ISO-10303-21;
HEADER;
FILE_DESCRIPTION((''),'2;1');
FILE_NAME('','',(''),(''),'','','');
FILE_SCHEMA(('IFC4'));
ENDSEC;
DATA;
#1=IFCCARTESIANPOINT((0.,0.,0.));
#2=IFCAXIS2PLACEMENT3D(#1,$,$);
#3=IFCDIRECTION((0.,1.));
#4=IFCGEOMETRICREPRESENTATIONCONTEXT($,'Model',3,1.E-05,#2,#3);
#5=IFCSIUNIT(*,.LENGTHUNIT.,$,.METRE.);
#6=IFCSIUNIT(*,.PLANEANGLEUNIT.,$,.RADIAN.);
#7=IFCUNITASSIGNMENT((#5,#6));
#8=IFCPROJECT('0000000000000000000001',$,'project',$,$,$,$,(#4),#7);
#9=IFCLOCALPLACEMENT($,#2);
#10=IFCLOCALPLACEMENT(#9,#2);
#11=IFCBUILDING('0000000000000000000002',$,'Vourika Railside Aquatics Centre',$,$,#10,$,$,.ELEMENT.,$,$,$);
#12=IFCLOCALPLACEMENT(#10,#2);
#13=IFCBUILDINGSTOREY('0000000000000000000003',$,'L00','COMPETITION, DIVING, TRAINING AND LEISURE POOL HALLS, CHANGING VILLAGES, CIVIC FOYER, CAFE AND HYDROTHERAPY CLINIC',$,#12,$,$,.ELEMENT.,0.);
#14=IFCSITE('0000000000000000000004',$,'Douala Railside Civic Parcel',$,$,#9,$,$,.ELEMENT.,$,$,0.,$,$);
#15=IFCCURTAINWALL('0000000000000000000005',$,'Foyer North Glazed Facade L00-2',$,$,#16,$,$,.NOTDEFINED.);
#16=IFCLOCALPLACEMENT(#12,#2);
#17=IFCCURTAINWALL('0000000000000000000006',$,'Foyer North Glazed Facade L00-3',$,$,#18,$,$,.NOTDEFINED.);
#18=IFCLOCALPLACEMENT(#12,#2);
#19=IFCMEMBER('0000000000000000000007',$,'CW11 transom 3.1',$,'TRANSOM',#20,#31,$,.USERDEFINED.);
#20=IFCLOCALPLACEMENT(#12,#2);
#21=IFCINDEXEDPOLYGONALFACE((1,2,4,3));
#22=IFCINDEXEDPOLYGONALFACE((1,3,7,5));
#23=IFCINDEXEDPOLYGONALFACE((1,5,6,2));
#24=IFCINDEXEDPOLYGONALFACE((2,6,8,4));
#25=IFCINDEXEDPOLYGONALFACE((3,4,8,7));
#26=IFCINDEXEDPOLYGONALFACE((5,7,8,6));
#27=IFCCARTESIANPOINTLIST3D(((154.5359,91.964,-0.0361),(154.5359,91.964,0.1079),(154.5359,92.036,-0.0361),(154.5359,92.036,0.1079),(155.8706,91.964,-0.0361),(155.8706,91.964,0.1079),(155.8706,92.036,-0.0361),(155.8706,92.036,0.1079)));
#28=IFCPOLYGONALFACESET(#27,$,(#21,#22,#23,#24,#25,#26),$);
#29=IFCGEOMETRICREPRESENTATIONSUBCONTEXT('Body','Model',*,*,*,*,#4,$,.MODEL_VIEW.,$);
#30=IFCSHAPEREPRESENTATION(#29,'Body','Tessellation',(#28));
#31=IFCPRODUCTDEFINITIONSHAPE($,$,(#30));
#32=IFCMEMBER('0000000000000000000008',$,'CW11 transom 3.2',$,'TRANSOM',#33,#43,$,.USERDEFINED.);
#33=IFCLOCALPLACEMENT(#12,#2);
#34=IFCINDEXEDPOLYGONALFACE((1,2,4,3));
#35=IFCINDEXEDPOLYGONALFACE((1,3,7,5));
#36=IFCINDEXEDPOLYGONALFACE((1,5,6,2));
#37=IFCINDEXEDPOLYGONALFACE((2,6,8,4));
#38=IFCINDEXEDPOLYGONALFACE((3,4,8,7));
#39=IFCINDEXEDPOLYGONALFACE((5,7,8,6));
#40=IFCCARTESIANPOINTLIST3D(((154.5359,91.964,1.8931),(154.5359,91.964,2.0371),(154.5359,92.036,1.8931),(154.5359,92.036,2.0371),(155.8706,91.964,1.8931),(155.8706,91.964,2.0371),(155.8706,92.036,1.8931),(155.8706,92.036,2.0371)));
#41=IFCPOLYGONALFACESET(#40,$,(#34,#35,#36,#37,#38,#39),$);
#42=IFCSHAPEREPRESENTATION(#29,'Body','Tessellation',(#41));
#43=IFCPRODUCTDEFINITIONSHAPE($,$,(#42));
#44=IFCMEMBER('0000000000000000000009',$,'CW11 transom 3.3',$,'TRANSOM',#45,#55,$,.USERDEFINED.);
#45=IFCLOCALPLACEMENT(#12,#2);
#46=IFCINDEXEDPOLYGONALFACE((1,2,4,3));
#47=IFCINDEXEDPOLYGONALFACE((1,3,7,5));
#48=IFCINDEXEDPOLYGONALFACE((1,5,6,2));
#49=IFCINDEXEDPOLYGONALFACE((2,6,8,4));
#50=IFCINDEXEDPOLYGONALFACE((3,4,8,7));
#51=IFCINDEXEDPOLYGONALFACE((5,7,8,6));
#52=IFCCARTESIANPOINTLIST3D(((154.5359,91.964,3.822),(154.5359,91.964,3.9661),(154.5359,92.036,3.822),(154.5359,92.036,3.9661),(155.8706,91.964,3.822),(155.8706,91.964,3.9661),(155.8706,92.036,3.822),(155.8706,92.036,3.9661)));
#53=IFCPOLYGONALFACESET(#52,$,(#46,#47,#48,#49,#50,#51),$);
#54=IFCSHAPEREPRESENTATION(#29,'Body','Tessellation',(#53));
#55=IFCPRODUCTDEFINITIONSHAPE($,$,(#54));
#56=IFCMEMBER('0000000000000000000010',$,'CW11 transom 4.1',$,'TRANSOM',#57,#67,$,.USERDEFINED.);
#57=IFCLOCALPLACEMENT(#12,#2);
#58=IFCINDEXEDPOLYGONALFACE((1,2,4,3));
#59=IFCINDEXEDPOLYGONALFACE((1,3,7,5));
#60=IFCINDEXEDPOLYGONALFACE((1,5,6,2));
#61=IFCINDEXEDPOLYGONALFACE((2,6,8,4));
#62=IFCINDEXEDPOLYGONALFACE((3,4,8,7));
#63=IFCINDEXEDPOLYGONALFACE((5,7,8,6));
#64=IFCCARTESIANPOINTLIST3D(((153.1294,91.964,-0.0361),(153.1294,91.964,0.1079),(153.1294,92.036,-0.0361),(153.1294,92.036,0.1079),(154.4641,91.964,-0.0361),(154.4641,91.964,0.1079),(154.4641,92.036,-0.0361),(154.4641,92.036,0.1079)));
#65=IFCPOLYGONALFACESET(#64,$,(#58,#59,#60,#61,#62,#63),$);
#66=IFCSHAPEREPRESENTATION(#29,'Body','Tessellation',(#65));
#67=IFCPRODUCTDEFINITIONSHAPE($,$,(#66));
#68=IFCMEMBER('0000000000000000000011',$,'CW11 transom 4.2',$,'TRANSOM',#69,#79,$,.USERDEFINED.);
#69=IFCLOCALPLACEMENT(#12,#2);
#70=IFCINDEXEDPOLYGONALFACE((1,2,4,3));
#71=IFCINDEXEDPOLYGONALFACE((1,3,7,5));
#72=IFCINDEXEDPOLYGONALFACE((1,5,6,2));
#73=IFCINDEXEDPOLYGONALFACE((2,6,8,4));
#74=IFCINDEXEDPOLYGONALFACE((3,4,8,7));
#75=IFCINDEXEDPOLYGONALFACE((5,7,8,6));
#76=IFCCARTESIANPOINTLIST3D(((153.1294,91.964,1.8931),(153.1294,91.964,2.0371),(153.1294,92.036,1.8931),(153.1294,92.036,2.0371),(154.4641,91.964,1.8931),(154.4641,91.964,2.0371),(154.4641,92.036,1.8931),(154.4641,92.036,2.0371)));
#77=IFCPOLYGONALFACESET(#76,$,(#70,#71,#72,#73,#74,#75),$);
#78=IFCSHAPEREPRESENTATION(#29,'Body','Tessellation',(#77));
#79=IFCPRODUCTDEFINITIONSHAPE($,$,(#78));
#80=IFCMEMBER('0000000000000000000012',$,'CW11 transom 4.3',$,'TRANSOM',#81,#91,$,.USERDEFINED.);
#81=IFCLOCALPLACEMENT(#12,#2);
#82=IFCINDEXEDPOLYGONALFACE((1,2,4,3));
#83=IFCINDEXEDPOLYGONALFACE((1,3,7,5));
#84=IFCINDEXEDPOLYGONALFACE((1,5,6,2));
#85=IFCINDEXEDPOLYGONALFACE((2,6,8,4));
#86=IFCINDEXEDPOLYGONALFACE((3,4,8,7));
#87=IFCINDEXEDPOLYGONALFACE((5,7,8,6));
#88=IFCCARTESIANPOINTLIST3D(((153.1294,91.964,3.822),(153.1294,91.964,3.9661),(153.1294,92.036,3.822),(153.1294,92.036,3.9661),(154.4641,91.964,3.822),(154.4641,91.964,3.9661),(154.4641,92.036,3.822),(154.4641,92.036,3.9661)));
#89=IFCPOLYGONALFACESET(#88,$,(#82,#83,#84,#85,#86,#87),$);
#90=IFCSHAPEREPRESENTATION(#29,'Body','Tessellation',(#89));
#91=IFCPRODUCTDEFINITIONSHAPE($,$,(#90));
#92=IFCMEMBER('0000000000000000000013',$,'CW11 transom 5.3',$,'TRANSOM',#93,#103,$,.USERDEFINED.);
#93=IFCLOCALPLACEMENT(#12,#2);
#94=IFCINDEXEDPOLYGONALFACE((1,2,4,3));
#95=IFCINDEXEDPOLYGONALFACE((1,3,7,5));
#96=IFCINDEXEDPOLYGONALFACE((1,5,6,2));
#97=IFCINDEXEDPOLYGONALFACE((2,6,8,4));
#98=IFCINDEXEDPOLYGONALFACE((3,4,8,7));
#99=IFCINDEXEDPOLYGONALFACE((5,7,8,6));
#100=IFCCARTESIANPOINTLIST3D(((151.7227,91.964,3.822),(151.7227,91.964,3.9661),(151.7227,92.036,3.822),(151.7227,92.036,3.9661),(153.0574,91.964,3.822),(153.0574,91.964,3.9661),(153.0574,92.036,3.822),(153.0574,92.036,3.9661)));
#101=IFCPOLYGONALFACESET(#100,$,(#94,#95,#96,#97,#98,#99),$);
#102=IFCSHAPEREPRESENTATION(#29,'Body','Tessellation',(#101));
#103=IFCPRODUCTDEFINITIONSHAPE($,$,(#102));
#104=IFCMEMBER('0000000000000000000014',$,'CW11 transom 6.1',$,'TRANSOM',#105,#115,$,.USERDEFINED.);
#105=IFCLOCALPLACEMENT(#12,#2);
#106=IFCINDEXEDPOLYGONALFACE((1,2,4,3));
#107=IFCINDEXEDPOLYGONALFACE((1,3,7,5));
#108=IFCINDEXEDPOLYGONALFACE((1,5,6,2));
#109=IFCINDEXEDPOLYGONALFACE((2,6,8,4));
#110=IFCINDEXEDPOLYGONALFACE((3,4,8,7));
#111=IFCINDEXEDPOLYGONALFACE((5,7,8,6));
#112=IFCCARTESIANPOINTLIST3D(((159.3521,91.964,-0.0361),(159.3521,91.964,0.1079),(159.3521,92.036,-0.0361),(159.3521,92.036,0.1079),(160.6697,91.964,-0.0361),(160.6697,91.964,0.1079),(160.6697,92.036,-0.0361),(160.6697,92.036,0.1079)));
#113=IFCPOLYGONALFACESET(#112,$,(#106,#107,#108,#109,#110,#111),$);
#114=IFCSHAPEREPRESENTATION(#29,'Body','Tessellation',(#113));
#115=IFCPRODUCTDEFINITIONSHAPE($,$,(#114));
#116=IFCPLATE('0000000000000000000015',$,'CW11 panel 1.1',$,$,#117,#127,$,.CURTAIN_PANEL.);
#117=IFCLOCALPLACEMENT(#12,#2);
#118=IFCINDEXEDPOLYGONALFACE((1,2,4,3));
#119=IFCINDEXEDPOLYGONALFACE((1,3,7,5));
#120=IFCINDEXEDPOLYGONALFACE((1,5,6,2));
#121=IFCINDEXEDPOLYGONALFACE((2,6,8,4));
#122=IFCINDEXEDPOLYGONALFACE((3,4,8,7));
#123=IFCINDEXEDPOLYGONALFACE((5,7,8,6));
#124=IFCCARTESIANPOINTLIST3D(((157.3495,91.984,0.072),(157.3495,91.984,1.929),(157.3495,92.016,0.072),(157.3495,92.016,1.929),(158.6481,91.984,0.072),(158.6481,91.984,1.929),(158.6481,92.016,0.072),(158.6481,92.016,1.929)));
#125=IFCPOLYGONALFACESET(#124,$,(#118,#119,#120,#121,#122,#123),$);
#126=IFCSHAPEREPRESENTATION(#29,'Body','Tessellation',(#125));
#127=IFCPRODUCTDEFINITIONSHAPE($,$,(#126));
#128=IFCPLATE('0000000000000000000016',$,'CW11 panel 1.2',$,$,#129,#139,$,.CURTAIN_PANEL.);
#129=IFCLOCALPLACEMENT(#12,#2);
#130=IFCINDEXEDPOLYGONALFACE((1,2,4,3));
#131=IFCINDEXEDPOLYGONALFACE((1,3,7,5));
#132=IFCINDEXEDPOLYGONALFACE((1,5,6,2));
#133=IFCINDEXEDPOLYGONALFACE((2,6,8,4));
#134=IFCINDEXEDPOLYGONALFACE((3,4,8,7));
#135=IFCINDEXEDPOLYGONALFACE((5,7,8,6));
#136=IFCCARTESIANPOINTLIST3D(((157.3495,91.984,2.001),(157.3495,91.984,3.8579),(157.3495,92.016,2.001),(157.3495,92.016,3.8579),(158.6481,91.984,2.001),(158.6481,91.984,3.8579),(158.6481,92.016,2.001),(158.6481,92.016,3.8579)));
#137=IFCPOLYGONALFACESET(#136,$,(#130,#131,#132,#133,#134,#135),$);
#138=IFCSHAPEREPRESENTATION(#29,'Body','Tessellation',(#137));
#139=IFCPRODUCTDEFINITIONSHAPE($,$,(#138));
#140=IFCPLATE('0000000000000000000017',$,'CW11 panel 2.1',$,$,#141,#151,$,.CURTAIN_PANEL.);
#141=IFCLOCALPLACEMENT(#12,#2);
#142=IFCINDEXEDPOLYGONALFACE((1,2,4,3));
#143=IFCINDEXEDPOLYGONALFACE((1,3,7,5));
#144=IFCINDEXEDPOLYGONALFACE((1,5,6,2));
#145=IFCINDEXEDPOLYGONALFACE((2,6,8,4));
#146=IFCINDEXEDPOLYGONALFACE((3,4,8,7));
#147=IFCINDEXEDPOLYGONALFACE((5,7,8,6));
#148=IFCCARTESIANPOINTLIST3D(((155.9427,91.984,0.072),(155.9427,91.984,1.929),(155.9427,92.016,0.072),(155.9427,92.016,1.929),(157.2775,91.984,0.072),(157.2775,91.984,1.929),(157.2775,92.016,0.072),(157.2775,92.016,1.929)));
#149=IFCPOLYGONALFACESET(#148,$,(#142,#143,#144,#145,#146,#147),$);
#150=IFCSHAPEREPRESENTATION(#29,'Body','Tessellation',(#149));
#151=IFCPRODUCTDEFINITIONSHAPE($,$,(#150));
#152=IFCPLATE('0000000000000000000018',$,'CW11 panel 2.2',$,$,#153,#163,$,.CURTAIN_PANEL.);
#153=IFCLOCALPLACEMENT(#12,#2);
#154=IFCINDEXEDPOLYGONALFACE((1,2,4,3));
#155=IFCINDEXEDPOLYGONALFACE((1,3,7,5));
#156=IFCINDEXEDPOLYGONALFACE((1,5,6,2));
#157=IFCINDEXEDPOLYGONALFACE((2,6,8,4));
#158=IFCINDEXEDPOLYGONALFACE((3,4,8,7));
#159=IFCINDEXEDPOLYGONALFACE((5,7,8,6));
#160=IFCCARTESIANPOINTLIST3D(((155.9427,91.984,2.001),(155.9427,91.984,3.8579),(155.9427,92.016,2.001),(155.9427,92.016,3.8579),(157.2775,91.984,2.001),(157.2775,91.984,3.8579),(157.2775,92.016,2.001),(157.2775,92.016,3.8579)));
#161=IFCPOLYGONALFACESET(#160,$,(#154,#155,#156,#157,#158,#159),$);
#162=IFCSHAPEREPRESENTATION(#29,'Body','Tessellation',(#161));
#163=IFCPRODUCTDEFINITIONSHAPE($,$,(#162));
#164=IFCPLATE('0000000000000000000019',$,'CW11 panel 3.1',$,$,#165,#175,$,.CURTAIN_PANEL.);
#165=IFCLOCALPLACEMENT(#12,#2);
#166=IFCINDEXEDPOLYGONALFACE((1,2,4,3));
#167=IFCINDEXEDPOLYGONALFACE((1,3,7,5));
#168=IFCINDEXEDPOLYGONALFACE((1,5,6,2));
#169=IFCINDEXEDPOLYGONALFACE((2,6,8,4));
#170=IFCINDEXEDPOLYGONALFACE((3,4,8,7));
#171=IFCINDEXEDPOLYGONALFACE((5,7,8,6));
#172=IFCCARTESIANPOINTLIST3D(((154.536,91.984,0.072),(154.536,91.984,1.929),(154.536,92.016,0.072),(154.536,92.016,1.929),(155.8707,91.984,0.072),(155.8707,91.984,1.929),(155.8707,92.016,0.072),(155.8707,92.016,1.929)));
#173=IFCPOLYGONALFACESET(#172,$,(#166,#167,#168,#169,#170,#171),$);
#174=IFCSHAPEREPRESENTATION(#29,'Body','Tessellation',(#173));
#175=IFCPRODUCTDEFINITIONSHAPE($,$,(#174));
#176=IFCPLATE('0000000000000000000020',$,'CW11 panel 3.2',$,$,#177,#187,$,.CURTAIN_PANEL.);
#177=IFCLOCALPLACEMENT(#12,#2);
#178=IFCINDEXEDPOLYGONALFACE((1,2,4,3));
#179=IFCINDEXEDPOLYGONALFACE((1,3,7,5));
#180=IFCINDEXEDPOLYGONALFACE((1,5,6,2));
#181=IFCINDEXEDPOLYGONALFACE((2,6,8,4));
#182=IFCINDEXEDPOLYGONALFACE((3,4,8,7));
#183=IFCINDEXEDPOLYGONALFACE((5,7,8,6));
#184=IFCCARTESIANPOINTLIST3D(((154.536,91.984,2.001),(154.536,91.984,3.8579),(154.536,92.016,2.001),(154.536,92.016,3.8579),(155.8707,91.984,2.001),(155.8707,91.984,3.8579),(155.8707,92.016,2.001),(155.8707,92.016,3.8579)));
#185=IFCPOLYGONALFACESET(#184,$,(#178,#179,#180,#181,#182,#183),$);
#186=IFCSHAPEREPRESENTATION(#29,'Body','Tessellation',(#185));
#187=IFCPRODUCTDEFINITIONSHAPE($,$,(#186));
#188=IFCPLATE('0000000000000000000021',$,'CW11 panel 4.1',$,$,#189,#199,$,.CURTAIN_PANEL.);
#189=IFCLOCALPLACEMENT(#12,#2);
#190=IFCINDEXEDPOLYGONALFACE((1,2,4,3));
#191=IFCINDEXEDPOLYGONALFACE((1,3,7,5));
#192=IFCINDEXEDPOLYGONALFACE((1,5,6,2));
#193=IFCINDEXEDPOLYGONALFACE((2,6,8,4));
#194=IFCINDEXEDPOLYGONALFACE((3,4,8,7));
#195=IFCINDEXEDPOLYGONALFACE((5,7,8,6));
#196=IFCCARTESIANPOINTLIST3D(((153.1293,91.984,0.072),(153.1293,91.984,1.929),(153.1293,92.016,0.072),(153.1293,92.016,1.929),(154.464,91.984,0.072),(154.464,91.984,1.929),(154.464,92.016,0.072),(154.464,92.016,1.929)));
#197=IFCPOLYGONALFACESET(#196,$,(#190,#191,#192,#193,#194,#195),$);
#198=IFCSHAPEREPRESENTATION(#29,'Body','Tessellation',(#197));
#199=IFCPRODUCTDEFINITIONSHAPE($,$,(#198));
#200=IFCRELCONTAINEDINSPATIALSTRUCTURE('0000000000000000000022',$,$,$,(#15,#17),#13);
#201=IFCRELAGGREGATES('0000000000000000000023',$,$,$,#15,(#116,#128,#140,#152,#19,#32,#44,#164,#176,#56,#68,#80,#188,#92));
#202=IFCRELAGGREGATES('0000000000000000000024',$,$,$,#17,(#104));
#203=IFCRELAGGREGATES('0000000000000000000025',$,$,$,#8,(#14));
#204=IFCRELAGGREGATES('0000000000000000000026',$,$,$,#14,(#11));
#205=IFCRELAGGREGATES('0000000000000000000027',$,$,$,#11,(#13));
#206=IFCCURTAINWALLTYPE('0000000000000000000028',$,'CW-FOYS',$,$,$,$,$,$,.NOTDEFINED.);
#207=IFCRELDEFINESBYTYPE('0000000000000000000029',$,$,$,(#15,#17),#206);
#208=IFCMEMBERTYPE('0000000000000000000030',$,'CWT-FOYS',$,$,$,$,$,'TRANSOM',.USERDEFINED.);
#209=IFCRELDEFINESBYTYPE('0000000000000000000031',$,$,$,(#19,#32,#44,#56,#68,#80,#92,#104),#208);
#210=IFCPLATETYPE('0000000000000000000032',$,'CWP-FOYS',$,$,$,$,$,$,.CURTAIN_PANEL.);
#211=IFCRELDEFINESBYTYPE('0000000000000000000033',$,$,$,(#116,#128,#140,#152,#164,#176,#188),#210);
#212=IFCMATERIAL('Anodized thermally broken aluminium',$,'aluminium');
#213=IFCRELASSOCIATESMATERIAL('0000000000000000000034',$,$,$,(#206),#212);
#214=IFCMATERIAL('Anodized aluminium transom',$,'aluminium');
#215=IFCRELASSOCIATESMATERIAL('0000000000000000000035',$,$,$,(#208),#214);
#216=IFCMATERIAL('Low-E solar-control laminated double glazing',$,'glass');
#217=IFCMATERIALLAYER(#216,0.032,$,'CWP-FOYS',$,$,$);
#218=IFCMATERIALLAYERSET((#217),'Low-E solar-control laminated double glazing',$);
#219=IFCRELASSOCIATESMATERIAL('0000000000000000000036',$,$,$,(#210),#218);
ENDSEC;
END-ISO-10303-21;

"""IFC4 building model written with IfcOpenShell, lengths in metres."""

from ifc_helpers import new_model, si_unit, direction, frame, origin, origin_2d, place, context, subcontext, project, spatial, rectangle, extrude, material, layer, layer_set, material_profile, profile_set, type_object, element, aggregate, save


model = new_model("IFC4")

# Units and contexts
model_context = context("Model", 3, precision=1e-05, world=origin(), true_north=direction((0.0, 1.0)))
body_context = subcontext(model_context, "Body", "Model", "MODEL_VIEW")
ifc_project = project(units=[si_unit("LENGTHUNIT", "METRE"), si_unit("PLANEANGLEUNIT", "RADIAN")], contexts=[model_context])

# Site, building, storey
site_placement = place(None, origin())
site = spatial("IfcSite", under=ifc_project, at=site_placement, Name="Douala Railside Civic Parcel", CompositionType="ELEMENT", RefElevation=0.0)
building_placement = place(site_placement, origin())
building = spatial("IfcBuilding", under=site, at=building_placement, Name="Vourika Railside Aquatics Centre", CompositionType="ELEMENT")
storey_placement = place(building_placement, origin())
storey = spatial("IfcBuildingStorey", under=building, at=storey_placement, Name="L00", Description="COMPETITION, DIVING, TRAINING AND LEISURE POOL HALLS, CHANGING VILLAGES, CIVIC FOYER, CAFE AND HYDROTHERAPY CLINIC", CompositionType="ELEMENT", Elevation=0.0)

# Curtain wall
ifc_material_1 = material(Name="Anodized thermally broken aluminium", Category="aluminium")
curtain_wall_type = type_object("IfcCurtainWallType", Name="CW-FOYS", PredefinedType="NOTDEFINED", material=ifc_material_1)
curtain_wall_1_placement = place(storey_placement, origin())
curtain_wall_1 = element("IfcCurtainWall", 1, at=curtain_wall_1_placement, inside=storey, type_object=curtain_wall_type, Name="Foyer North Glazed Facade L00-2", PredefinedType="NOTDEFINED")

# Curtain wall
curtain_wall_2_placement = place(storey_placement, origin())
curtain_wall_2 = element("IfcCurtainWall", 2, at=curtain_wall_2_placement, inside=storey, type_object=curtain_wall_type, Name="Foyer North Glazed Facade L00-3", PredefinedType="NOTDEFINED")

# Members
ifc_material_2 = material(Name="Anodized aluminium transom", Category="aluminium")
ifc_material_profile_1 = material_profile(ifc_material_2, rectangle(XDim=0.072, YDim=0.144, at=origin_2d()), Name="ALU-T 72x144")
ifc_profile_set_1 = profile_set([ifc_material_profile_1], Name="Anodized aluminium transom")
member_type_1 = type_object("IfcMemberType", Name="CWT-FOYS", ElementType="TRANSOM", PredefinedType="USERDEFINED", material=ifc_profile_set_1)
member_1_placement = place(storey_placement, frame((155.8706, 92.0, 0.0359), z_axis=(-1.0, 0.0, 0.0), x_axis=(0.0, -1.0, 0.0)))
member_1 = element("IfcMember", 3, at=member_1_placement, type_object=member_type_1, Name="CW11 transom 3.1", ObjectType="TRANSOM", PredefinedType="USERDEFINED", context=body_context, shape_type="SweptSolid", body=[
    extrude(rectangle(XDim=0.072, YDim=0.144, at=origin_2d()), origin(), (0.0, 0.0, 1.0), 1.3347),
])
member_2_placement = place(storey_placement, frame((155.8706, 92.0, 1.9651), z_axis=(-1.0, 0.0, 0.0), x_axis=(0.0, -1.0, 0.0)))
member_2 = element("IfcMember", 4, at=member_2_placement, type_object=member_type_1, Name="CW11 transom 3.2", ObjectType="TRANSOM", PredefinedType="USERDEFINED", context=body_context, shape_type="SweptSolid", body=[
    extrude(rectangle(XDim=0.072, YDim=0.144, at=origin_2d()), origin(), (0.0, 0.0, 1.0), 1.3347),
])
member_3_placement = place(storey_placement, frame((155.8706, 92.0, 3.894), z_axis=(-1.0, 0.0, 0.0), x_axis=(0.0, -1.0, 0.0)))
member_3 = element("IfcMember", 5, at=member_3_placement, type_object=member_type_1, Name="CW11 transom 3.3", ObjectType="TRANSOM", PredefinedType="USERDEFINED", context=body_context, shape_type="SweptSolid", body=[
    extrude(rectangle(XDim=0.072, YDim=0.144, at=origin_2d()), origin(), (0.0, 0.0, 1.0), 1.3347),
])
member_4_placement = place(storey_placement, frame((154.4641, 92.0, 0.0359), z_axis=(-1.0, 0.0, 0.0), x_axis=(0.0, -1.0, 0.0)))
member_4 = element("IfcMember", 6, at=member_4_placement, type_object=member_type_1, Name="CW11 transom 4.1", ObjectType="TRANSOM", PredefinedType="USERDEFINED", context=body_context, shape_type="SweptSolid", body=[
    extrude(rectangle(XDim=0.072, YDim=0.144, at=origin_2d()), origin(), (0.0, 0.0, 1.0), 1.3347),
])
member_5_placement = place(storey_placement, frame((154.4641, 92.0, 1.9651), z_axis=(-1.0, 0.0, 0.0), x_axis=(0.0, -1.0, 0.0)))
member_5 = element("IfcMember", 7, at=member_5_placement, type_object=member_type_1, Name="CW11 transom 4.2", ObjectType="TRANSOM", PredefinedType="USERDEFINED", context=body_context, shape_type="SweptSolid", body=[
    extrude(rectangle(XDim=0.072, YDim=0.144, at=origin_2d()), origin(), (0.0, 0.0, 1.0), 1.3347),
])
member_6_placement = place(storey_placement, frame((154.4641, 92.0, 3.894), z_axis=(-1.0, 0.0, 0.0), x_axis=(0.0, -1.0, 0.0)))
member_6 = element("IfcMember", 8, at=member_6_placement, type_object=member_type_1, Name="CW11 transom 4.3", ObjectType="TRANSOM", PredefinedType="USERDEFINED", context=body_context, shape_type="SweptSolid", body=[
    extrude(rectangle(XDim=0.072, YDim=0.144, at=origin_2d()), origin(), (0.0, 0.0, 1.0), 1.3347),
])
member_7_placement = place(storey_placement, frame((153.0574, 92.0, 3.894), z_axis=(-1.0, 0.0, 0.0), x_axis=(0.0, -1.0, 0.0)))
member_7 = element("IfcMember", 9, at=member_7_placement, type_object=member_type_1, Name="CW11 transom 5.3", ObjectType="TRANSOM", PredefinedType="USERDEFINED", context=body_context, shape_type="SweptSolid", body=[
    extrude(rectangle(XDim=0.072, YDim=0.144, at=origin_2d()), origin(), (0.0, 0.0, 1.0), 1.3347),
])
member_8_placement = place(storey_placement, frame((160.6697, 92.0, 0.0359), z_axis=(-1.0, 0.0, 0.0), x_axis=(0.0, -1.0, 0.0)))
member_8 = element("IfcMember", 10, at=member_8_placement, type_object=member_type_1, Name="CW11 transom 6.1", ObjectType="TRANSOM", PredefinedType="USERDEFINED", context=body_context, shape_type="SweptSolid", body=[
    extrude(rectangle(XDim=0.072, YDim=0.144, at=origin_2d()), origin(), (0.0, 0.0, 1.0), 1.3176),
])

# Plates
ifc_material_3 = material(Name="Low-E solar-control laminated double glazing", Category="glass")
ifc_layer_1 = layer(ifc_material_3, 0.032, Name="CWP-FOYS")
ifc_layer_set_1 = layer_set([ifc_layer_1], Name="Low-E solar-control laminated double glazing")
plate_type = type_object("IfcPlateType", Name="CWP-FOYS", PredefinedType="CURTAIN_PANEL", material=ifc_layer_set_1)
plate_1_placement = place(storey_placement, frame((157.9988, 92.0, 0.072), z_axis=(0.0, 0.0, 1.0), x_axis=(-1.0, 0.0, 0.0)))
plate_1 = element("IfcPlate", 11, at=plate_1_placement, type_object=plate_type, Name="CW11 panel 1.1", PredefinedType="CURTAIN_PANEL", context=body_context, shape_type="SweptSolid", body=[
    extrude(rectangle(XDim=1.2986, YDim=0.032, at=origin_2d()), origin(), (0.0, 0.0, 1.0), 1.8569),
])
plate_2_placement = place(storey_placement, frame((157.9988, 92.0, 2.001), z_axis=(0.0, 0.0, 1.0), x_axis=(-1.0, 0.0, 0.0)))
plate_2 = element("IfcPlate", 12, at=plate_2_placement, type_object=plate_type, Name="CW11 panel 1.2", PredefinedType="CURTAIN_PANEL", context=body_context, shape_type="SweptSolid", body=[
    extrude(rectangle(XDim=1.2986, YDim=0.032, at=origin_2d()), origin(), (0.0, 0.0, 1.0), 1.8569),
])
plate_3_placement = place(storey_placement, frame((156.6101, 92.0, 0.072), z_axis=(0.0, 0.0, 1.0), x_axis=(-1.0, 0.0, 0.0)))
plate_3 = element("IfcPlate", 13, at=plate_3_placement, type_object=plate_type, Name="CW11 panel 2.1", PredefinedType="CURTAIN_PANEL", context=body_context, shape_type="SweptSolid", body=[
    extrude(rectangle(XDim=1.3347, YDim=0.032, at=origin_2d()), origin(), (0.0, 0.0, 1.0), 1.8569),
])
plate_4_placement = place(storey_placement, frame((156.6101, 92.0, 2.001), z_axis=(0.0, 0.0, 1.0), x_axis=(-1.0, 0.0, 0.0)))
plate_4 = element("IfcPlate", 14, at=plate_4_placement, type_object=plate_type, Name="CW11 panel 2.2", PredefinedType="CURTAIN_PANEL", context=body_context, shape_type="SweptSolid", body=[
    extrude(rectangle(XDim=1.3347, YDim=0.032, at=origin_2d()), origin(), (0.0, 0.0, 1.0), 1.8569),
])
plate_5_placement = place(storey_placement, frame((155.2034, 92.0, 0.072), z_axis=(0.0, 0.0, 1.0), x_axis=(-1.0, 0.0, 0.0)))
plate_5 = element("IfcPlate", 15, at=plate_5_placement, type_object=plate_type, Name="CW11 panel 3.1", PredefinedType="CURTAIN_PANEL", context=body_context, shape_type="SweptSolid", body=[
    extrude(rectangle(XDim=1.3347, YDim=0.032, at=origin_2d()), origin(), (0.0, 0.0, 1.0), 1.8569),
])
plate_6_placement = place(storey_placement, frame((155.2034, 92.0, 2.001), z_axis=(0.0, 0.0, 1.0), x_axis=(-1.0, 0.0, 0.0)))
plate_6 = element("IfcPlate", 16, at=plate_6_placement, type_object=plate_type, Name="CW11 panel 3.2", PredefinedType="CURTAIN_PANEL", context=body_context, shape_type="SweptSolid", body=[
    extrude(rectangle(XDim=1.3347, YDim=0.032, at=origin_2d()), origin(), (0.0, 0.0, 1.0), 1.8569),
])
plate_7_placement = place(storey_placement, frame((153.7966, 92.0, 0.072), z_axis=(0.0, 0.0, 1.0), x_axis=(-1.0, 0.0, 0.0)))
plate_7 = element("IfcPlate", 17, at=plate_7_placement, type_object=plate_type, Name="CW11 panel 4.1", PredefinedType="CURTAIN_PANEL", context=body_context, shape_type="SweptSolid", body=[
    extrude(rectangle(XDim=1.3347, YDim=0.032, at=origin_2d()), origin(), (0.0, 0.0, 1.0), 1.8569),
])
aggregate(curtain_wall_1, [plate_1, plate_2, plate_3, plate_4, member_1, member_2, member_3, plate_5, plate_6, member_4, member_5, member_6, plate_7, member_7])
aggregate(curtain_wall_2, [member_8])

save(model, "model.ifc")
